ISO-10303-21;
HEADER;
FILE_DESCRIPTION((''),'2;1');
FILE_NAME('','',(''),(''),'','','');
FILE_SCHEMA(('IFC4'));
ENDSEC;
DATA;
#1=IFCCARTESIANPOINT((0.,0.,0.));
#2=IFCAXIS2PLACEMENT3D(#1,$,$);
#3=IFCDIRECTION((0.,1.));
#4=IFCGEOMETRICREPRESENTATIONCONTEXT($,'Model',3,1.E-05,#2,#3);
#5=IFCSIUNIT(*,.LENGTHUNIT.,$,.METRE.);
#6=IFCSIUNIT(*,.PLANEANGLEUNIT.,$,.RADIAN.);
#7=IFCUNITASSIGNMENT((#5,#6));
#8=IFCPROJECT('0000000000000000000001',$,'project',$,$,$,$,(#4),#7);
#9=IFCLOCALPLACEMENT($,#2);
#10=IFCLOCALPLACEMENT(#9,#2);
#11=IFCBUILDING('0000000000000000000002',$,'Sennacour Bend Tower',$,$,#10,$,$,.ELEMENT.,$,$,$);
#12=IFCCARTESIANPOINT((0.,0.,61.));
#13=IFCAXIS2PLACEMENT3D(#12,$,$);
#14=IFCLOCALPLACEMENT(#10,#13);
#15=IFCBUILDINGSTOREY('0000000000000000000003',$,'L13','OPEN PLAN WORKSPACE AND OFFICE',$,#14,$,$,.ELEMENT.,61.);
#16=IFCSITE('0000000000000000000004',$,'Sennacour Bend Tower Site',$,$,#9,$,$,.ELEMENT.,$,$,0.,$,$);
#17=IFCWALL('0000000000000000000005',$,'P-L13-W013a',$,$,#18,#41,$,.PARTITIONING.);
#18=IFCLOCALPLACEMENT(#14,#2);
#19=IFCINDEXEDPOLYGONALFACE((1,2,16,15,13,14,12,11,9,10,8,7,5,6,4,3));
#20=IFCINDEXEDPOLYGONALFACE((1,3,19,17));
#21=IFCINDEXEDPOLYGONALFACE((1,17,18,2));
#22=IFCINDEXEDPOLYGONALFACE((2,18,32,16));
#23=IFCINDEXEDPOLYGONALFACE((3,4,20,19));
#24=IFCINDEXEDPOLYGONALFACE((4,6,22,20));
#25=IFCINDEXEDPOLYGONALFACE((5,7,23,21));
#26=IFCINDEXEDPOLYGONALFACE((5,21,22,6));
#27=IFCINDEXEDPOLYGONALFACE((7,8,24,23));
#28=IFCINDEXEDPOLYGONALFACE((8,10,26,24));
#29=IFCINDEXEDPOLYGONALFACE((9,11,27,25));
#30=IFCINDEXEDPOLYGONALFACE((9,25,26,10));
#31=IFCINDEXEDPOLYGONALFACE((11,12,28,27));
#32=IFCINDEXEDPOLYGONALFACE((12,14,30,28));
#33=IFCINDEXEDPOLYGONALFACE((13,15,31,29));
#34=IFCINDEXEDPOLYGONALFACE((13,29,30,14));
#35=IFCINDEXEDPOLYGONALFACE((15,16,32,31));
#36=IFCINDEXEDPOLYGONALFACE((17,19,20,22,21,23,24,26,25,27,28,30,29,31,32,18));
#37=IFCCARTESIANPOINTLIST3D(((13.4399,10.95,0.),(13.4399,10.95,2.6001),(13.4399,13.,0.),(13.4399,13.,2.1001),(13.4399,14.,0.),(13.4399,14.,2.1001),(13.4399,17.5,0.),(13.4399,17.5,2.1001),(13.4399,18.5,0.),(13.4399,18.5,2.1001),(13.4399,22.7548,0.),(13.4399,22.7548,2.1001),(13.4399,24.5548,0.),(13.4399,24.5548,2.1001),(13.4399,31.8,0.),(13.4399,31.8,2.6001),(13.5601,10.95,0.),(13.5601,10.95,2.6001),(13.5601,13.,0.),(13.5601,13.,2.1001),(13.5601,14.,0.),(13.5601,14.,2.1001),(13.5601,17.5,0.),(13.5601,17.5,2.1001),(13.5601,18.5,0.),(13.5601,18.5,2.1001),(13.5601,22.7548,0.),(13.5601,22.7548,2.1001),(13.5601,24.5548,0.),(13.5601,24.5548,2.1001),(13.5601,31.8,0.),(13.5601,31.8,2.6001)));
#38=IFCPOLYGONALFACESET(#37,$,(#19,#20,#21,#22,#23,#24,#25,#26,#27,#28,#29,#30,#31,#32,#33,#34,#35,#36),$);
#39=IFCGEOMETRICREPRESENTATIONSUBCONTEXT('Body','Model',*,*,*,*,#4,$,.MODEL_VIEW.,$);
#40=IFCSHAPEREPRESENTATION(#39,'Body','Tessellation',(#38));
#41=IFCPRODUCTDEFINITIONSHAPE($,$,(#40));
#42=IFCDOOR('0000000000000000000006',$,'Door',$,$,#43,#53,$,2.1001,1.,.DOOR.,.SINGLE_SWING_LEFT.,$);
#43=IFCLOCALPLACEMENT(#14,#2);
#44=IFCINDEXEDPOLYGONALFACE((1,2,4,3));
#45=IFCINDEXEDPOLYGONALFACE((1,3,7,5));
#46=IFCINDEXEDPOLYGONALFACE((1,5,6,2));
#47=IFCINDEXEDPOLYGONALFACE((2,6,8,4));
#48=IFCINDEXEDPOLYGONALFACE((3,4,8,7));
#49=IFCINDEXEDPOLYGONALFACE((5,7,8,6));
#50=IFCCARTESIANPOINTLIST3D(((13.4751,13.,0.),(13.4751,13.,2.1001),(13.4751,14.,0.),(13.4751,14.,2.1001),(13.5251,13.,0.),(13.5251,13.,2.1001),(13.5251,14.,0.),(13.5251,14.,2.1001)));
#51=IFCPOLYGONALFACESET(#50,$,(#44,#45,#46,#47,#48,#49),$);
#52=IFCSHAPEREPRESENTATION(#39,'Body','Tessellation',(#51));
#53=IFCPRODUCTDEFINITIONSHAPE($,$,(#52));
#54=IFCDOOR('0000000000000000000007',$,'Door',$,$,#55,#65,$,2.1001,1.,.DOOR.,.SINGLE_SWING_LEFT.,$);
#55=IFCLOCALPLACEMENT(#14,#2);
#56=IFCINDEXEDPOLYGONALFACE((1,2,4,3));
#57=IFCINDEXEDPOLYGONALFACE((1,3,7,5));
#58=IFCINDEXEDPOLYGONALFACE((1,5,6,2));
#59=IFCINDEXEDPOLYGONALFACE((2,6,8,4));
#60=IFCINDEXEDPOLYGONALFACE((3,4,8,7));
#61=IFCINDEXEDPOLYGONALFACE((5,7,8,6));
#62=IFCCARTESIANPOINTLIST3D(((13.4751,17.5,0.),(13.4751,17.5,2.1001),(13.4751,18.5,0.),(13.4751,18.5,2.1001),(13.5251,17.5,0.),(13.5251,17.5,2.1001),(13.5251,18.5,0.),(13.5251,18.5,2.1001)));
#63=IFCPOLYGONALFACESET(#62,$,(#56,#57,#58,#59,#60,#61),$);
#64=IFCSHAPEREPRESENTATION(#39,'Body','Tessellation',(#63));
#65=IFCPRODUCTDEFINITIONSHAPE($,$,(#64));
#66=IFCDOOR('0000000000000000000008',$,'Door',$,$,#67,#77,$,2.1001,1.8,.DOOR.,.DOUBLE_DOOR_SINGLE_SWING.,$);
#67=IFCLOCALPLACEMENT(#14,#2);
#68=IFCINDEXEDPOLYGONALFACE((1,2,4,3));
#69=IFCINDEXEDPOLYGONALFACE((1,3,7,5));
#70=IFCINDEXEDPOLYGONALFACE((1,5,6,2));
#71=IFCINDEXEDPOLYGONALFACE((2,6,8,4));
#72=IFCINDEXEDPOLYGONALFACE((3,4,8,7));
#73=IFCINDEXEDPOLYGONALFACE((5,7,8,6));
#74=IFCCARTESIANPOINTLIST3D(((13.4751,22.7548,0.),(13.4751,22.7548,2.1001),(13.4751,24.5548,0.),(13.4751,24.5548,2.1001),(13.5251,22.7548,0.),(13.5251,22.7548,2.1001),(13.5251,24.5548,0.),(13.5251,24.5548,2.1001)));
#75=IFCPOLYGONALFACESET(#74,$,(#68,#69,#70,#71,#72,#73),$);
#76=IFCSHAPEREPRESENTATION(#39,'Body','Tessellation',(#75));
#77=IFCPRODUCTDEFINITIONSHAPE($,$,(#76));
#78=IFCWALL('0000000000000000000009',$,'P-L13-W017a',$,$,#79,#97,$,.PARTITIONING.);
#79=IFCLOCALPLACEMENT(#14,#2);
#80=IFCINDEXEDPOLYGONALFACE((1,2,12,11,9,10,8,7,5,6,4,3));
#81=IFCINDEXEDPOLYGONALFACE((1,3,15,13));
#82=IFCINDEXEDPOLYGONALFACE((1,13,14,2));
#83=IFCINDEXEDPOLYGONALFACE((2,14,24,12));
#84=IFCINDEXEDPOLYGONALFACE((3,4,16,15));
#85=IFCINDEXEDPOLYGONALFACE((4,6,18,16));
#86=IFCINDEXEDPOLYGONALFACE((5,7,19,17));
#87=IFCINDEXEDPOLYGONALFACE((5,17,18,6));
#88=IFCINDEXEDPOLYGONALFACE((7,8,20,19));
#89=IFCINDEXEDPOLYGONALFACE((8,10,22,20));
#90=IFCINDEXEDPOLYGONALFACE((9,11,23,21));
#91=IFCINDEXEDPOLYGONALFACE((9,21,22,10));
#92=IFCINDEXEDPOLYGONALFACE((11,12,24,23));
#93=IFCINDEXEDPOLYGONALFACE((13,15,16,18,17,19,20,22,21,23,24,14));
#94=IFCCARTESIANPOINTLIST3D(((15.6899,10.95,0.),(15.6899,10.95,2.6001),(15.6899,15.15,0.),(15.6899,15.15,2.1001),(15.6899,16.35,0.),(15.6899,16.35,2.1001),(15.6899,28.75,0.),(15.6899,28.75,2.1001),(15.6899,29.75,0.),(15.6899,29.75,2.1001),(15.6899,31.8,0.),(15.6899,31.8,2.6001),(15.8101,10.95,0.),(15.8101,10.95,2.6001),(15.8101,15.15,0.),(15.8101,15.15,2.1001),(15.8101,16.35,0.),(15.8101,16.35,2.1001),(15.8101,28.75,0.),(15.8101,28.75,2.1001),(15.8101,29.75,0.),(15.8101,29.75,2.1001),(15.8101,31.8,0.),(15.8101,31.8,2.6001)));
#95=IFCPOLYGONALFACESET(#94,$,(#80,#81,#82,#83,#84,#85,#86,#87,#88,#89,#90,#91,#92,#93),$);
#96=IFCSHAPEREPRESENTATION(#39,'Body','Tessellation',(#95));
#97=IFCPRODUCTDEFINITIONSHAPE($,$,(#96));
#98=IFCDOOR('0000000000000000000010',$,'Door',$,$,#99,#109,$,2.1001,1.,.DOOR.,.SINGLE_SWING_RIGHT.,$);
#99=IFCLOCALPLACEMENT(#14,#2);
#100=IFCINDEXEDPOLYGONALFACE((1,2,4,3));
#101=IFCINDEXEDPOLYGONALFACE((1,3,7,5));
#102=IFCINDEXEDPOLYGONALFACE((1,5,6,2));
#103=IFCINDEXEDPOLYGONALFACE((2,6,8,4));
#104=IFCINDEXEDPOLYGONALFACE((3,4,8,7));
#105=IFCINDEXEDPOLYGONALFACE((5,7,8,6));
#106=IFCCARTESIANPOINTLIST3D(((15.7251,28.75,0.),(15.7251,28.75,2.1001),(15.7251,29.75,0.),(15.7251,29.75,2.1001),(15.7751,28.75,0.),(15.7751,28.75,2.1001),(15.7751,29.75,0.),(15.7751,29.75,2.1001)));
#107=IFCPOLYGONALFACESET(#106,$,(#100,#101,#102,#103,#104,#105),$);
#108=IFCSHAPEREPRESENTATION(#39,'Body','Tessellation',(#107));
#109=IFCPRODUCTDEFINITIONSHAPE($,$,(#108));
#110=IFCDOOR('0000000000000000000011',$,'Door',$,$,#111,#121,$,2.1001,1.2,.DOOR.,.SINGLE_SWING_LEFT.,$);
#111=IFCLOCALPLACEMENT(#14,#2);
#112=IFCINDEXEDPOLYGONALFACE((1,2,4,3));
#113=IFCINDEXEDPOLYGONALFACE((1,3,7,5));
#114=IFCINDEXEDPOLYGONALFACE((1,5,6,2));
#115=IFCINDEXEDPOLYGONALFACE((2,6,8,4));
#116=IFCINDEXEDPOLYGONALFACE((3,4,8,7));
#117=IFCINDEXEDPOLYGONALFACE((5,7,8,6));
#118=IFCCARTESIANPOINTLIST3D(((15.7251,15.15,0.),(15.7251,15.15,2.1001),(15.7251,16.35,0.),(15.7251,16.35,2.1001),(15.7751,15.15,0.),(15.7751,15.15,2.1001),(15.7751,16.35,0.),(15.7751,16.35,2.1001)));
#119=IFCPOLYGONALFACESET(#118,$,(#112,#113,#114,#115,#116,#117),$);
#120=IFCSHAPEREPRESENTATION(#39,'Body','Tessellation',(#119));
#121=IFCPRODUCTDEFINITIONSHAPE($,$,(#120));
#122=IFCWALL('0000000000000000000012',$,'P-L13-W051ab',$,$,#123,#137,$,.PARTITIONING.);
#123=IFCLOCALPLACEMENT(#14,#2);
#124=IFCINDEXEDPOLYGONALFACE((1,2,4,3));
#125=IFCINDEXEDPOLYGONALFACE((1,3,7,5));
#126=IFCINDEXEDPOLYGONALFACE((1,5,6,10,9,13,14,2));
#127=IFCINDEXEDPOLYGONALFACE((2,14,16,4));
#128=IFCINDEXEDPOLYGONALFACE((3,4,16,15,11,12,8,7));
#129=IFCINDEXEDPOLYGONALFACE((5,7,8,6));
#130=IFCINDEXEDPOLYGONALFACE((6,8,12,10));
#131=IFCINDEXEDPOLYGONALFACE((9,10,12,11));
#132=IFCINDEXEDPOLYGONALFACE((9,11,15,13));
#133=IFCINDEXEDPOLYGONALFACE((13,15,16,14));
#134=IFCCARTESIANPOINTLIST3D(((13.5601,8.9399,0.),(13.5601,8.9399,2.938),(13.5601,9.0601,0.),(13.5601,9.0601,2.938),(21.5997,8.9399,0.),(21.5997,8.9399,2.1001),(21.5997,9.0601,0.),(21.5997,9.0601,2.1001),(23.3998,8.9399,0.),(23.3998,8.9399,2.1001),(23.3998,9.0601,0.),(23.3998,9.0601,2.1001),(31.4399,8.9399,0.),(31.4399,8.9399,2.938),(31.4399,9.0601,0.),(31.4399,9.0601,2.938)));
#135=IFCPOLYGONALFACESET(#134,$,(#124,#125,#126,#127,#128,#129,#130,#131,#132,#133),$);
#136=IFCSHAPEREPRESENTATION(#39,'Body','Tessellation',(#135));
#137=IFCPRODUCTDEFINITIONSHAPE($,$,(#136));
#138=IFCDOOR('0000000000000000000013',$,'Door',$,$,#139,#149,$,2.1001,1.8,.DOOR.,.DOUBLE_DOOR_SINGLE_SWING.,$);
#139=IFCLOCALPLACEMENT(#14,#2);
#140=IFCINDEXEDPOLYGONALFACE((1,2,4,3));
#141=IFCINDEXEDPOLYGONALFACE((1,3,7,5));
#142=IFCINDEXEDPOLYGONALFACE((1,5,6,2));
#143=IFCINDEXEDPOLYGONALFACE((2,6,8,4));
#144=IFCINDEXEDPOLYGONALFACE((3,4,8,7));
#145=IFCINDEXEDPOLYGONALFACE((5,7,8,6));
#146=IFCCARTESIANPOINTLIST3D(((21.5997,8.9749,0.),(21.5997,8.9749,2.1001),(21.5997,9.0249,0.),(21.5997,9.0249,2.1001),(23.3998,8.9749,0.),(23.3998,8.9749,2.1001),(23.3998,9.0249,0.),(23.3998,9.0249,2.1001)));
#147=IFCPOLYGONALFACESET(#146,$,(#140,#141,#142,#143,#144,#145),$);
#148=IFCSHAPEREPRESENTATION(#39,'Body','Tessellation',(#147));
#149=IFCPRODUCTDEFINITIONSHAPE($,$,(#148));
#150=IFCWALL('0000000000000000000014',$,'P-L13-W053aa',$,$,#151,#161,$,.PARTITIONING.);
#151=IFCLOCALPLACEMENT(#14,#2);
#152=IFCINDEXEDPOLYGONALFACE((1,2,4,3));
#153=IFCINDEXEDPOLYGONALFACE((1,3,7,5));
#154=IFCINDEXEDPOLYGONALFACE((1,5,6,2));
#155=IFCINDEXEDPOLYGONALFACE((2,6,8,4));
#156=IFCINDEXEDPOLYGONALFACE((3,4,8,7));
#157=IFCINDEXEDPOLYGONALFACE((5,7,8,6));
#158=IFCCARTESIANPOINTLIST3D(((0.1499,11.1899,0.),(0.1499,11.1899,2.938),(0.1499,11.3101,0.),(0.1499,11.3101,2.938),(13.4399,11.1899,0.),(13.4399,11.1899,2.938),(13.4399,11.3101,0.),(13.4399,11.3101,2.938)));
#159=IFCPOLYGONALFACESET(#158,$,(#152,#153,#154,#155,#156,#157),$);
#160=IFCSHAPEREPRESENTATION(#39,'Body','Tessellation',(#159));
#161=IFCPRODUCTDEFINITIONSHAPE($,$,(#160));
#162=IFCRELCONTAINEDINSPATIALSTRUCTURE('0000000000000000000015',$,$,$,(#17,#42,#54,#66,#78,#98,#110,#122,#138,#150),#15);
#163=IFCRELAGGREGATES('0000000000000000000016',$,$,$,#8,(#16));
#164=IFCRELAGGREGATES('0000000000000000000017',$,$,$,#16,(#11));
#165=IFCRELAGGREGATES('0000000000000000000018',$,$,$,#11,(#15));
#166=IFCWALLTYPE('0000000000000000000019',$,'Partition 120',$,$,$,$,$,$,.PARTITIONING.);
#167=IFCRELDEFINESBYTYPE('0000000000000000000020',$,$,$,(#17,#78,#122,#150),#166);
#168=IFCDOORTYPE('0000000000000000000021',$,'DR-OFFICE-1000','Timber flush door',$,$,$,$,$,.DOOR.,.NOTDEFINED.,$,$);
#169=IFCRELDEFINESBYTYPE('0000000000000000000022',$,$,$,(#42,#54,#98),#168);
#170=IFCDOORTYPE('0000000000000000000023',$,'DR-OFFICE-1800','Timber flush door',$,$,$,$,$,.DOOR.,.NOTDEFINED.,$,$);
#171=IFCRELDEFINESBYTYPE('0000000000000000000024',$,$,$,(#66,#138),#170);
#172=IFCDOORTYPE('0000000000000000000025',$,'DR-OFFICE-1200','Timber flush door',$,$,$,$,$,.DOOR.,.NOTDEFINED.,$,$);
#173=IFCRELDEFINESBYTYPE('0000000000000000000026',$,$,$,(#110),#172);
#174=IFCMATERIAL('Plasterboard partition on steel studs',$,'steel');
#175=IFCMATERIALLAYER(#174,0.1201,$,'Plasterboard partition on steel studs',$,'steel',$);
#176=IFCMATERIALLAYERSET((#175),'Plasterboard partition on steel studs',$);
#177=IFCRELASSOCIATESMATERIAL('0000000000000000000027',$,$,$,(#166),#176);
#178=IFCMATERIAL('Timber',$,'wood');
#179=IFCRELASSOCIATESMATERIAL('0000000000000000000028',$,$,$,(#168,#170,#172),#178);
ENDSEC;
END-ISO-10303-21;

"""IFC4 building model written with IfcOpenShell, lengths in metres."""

from ifc_helpers import new_model, si_unit, direction, frame, frame_2d, origin, place, context, subcontext, project, spatial, rectangle, extrude, material, layer, layer_set, type_object, element, fill, save


model = new_model("IFC4")

# Units and contexts
model_context = context("Model", 3, precision=1e-05, world=origin(), true_north=direction((0.0, 1.0)))
body_context = subcontext(model_context, "Body", "Model", "MODEL_VIEW")
ifc_project = project(units=[si_unit("LENGTHUNIT", "METRE"), si_unit("PLANEANGLEUNIT", "RADIAN")], contexts=[model_context])

# Site, building, storey
site_placement = place(None, origin())
site = spatial("IfcSite", under=ifc_project, at=site_placement, Name="Sennacour Bend Tower Site", CompositionType="ELEMENT", RefElevation=0.0)
building_placement = place(site_placement, origin())
building = spatial("IfcBuilding", under=site, at=building_placement, Name="Sennacour Bend Tower", CompositionType="ELEMENT")
storey_placement = place(building_placement, frame((0.0, 0.0, 61.0)))
storey = spatial("IfcBuildingStorey", under=building, at=storey_placement, Name="L13", Description="OPEN PLAN WORKSPACE AND OFFICE", CompositionType="ELEMENT", Elevation=61.0)

# Walls, openings, doors
ifc_material_1 = material(Name="Plasterboard partition on steel studs", Category="steel")
ifc_layer_1 = layer(ifc_material_1, 0.1201, Name="Plasterboard partition on steel studs", Category="steel")
ifc_layer_set_1 = layer_set([ifc_layer_1], Name="Plasterboard partition on steel studs")
wall_type_1 = type_object("IfcWallType", Name="Partition 120", PredefinedType="PARTITIONING", material=ifc_layer_set_1)
wall_1_placement = place(storey_placement, frame((13.5, 10.95, 0.0), z_axis=(0.0, 0.0, 1.0), x_axis=(0.0, 1.0, 0.0)))
wall_1 = element("IfcWall", 1, at=wall_1_placement, inside=storey, type_object=wall_type_1, Name="P-L13-W013a", PredefinedType="PARTITIONING", context=body_context, shape_type="SweptSolid", body=[
    extrude(rectangle(XDim=20.8501, YDim=0.1201, at=frame_2d((10.425, 0.0))), origin(), (0.0, 0.0, 1.0), 2.6001),
])
opening_1_placement = place(wall_1_placement, frame((2.05, 0.0, 0.0)))
opening_1 = element("IfcOpeningElement", 2, at=opening_1_placement, cuts=wall_1, PredefinedType="OPENING", context=body_context, shape_type="SweptSolid", body=[
    extrude(rectangle(XDim=1.0, YDim=2.1001, at=frame_2d((0.5, 1.05))), frame((0.0, 0.0701, 0.0), z_axis=(0.0, -1.0, 0.0), x_axis=(1.0, 0.0, 0.0)), (0.0, 0.0, 1.0), 0.1401),
])
opening_2_placement = place(wall_1_placement, frame((6.55, 0.0, 0.0)))
opening_2 = element("IfcOpeningElement", 3, at=opening_2_placement, cuts=wall_1, PredefinedType="OPENING", context=body_context, shape_type="SweptSolid", body=[
    extrude(rectangle(XDim=1.0, YDim=2.1001, at=frame_2d((0.5, 1.05))), frame((0.0, 0.0701, 0.0), z_axis=(0.0, -1.0, 0.0), x_axis=(1.0, 0.0, 0.0)), (0.0, 0.0, 1.0), 0.1401),
])
opening_3_placement = place(wall_1_placement, frame((11.8049, 0.0, 0.0)))
opening_3 = element("IfcOpeningElement", 4, at=opening_3_placement, cuts=wall_1, PredefinedType="OPENING", context=body_context, shape_type="SweptSolid", body=[
    extrude(rectangle(XDim=1.8, YDim=2.1001, at=frame_2d((0.8999, 1.05))), frame((0.0, 0.0701, 0.0), z_axis=(0.0, -1.0, 0.0), x_axis=(1.0, 0.0, 0.0)), (0.0, 0.0, 1.0), 0.1401),
])
ifc_material_2 = material(Name="Timber", Category="wood")
door_type_1 = type_object("IfcDoorType", Name="DR-OFFICE-1000", Description="Timber flush door", OperationType="NOTDEFINED", PredefinedType="DOOR", material=ifc_material_2)
door_1_placement = place(opening_1_placement, origin())
door_1 = element("IfcDoor", 5, at=door_1_placement, inside=storey, type_object=door_type_1, Name="Door", OperationType="SINGLE_SWING_LEFT", OverallHeight=2.1001, OverallWidth=1.0, PredefinedType="DOOR", context=body_context, shape_type="SweptSolid", body=[
    extrude(rectangle(XDim=1.0, YDim=2.1001, at=frame_2d((0.5, 1.05))), frame((0.0, 0.0249, 0.0), z_axis=(0.0, -1.0, 0.0), x_axis=(1.0, 0.0, 0.0)), (0.0, 0.0, 1.0), 0.05),
])
fill(opening_1, door_1)
door_2_placement = place(opening_2_placement, origin())
door_2 = element("IfcDoor", 6, at=door_2_placement, inside=storey, type_object=door_type_1, Name="Door", OperationType="SINGLE_SWING_LEFT", OverallHeight=2.1001, OverallWidth=1.0, PredefinedType="DOOR", context=body_context, shape_type="SweptSolid", body=[
    extrude(rectangle(XDim=1.0, YDim=2.1001, at=frame_2d((0.5, 1.05))), frame((0.0, 0.0249, 0.0), z_axis=(0.0, -1.0, 0.0), x_axis=(1.0, 0.0, 0.0)), (0.0, 0.0, 1.0), 0.05),
])
fill(opening_2, door_2)
door_type_2 = type_object("IfcDoorType", Name="DR-OFFICE-1800", Description="Timber flush door", OperationType="NOTDEFINED", PredefinedType="DOOR", material=ifc_material_2)
door_3_placement = place(opening_3_placement, origin())
door_3 = element("IfcDoor", 7, at=door_3_placement, inside=storey, type_object=door_type_2, Name="Door", OperationType="DOUBLE_DOOR_SINGLE_SWING", OverallHeight=2.1001, OverallWidth=1.8, PredefinedType="DOOR", context=body_context, shape_type="SweptSolid", body=[
    extrude(rectangle(XDim=1.8, YDim=2.1001, at=frame_2d((0.8999, 1.05))), frame((0.0, 0.0249, 0.0), z_axis=(0.0, -1.0, 0.0), x_axis=(1.0, 0.0, 0.0)), (0.0, 0.0, 1.0), 0.05),
])
fill(opening_3, door_3)
wall_2_placement = place(storey_placement, frame((15.75, 10.95, 0.0), z_axis=(0.0, 0.0, 1.0), x_axis=(0.0, 1.0, 0.0)))
wall_2 = element("IfcWall", 8, at=wall_2_placement, inside=storey, type_object=wall_type_1, Name="P-L13-W017a", PredefinedType="PARTITIONING", context=body_context, shape_type="SweptSolid", body=[
    extrude(rectangle(XDim=20.8501, YDim=0.1201, at=frame_2d((10.425, 0.0))), origin(), (0.0, 0.0, 1.0), 2.6001),
])
opening_4_placement = place(wall_2_placement, frame((17.8, 0.0, 0.0)))
opening_4 = element("IfcOpeningElement", 9, at=opening_4_placement, cuts=wall_2, PredefinedType="OPENING", context=body_context, shape_type="SweptSolid", body=[
    extrude(rectangle(XDim=1.0, YDim=2.1001, at=frame_2d((0.5, 1.05))), frame((0.0, 0.0701, 0.0), z_axis=(0.0, -1.0, 0.0), x_axis=(1.0, 0.0, 0.0)), (0.0, 0.0, 1.0), 0.1401),
])
opening_5_placement = place(wall_2_placement, frame((4.2, 0.0, 0.0)))
opening_5 = element("IfcOpeningElement", 10, at=opening_5_placement, cuts=wall_2, PredefinedType="OPENING", context=body_context, shape_type="SweptSolid", body=[
    extrude(rectangle(XDim=1.2, YDim=2.1001, at=frame_2d((0.6001, 1.05))), frame((0.0, 0.0701, 0.0), z_axis=(0.0, -1.0, 0.0), x_axis=(1.0, 0.0, 0.0)), (0.0, 0.0, 1.0), 0.1401),
])
door_4_placement = place(opening_4_placement, origin())
door_4 = element("IfcDoor", 11, at=door_4_placement, inside=storey, type_object=door_type_1, Name="Door", OperationType="SINGLE_SWING_RIGHT", OverallHeight=2.1001, OverallWidth=1.0, PredefinedType="DOOR", context=body_context, shape_type="SweptSolid", body=[
    extrude(rectangle(XDim=1.0, YDim=2.1001, at=frame_2d((0.5, 1.05))), frame((0.0, 0.0249, 0.0), z_axis=(0.0, -1.0, 0.0), x_axis=(1.0, 0.0, 0.0)), (0.0, 0.0, 1.0), 0.05),
])
fill(opening_4, door_4)
door_type_3 = type_object("IfcDoorType", Name="DR-OFFICE-1200", Description="Timber flush door", OperationType="NOTDEFINED", PredefinedType="DOOR", material=ifc_material_2)
door_5_placement = place(opening_5_placement, origin())
door_5 = element("IfcDoor", 12, at=door_5_placement, inside=storey, type_object=door_type_3, Name="Door", OperationType="SINGLE_SWING_LEFT", OverallHeight=2.1001, OverallWidth=1.2, PredefinedType="DOOR", context=body_context, shape_type="SweptSolid", body=[
    extrude(rectangle(XDim=1.2, YDim=2.1001, at=frame_2d((0.6001, 1.05))), frame((0.0, 0.0249, 0.0), z_axis=(0.0, -1.0, 0.0), x_axis=(1.0, 0.0, 0.0)), (0.0, 0.0, 1.0), 0.05),
])
fill(opening_5, door_5)

# Wall, opening, door
wall_3_placement = place(storey_placement, frame((13.5601, 9.0, 0.0), z_axis=(0.0, 0.0, 1.0), x_axis=(1.0, 0.0, 0.0)))
wall_3 = element("IfcWall", 13, at=wall_3_placement, inside=storey, type_object=wall_type_1, Name="P-L13-W051ab", PredefinedType="PARTITIONING", context=body_context, shape_type="SweptSolid", body=[
    extrude(rectangle(XDim=17.8799, YDim=0.1201, at=frame_2d((8.9399, 0.0))), origin(), (0.0, 0.0, 1.0), 2.938),
])
opening_6_placement = place(wall_3_placement, frame((8.0398, 0.0, 0.0)))
opening_6 = element("IfcOpeningElement", 14, at=opening_6_placement, cuts=wall_3, PredefinedType="OPENING", context=body_context, shape_type="SweptSolid", body=[
    extrude(rectangle(XDim=1.8, YDim=2.1001, at=frame_2d((0.8999, 1.05))), frame((0.0, 0.0701, 0.0), z_axis=(0.0, -1.0, 0.0), x_axis=(1.0, 0.0, 0.0)), (0.0, 0.0, 1.0), 0.1401),
])
door_6_placement = place(opening_6_placement, origin())
door_6 = element("IfcDoor", 15, at=door_6_placement, inside=storey, type_object=door_type_2, Name="Door", OperationType="DOUBLE_DOOR_SINGLE_SWING", OverallHeight=2.1001, OverallWidth=1.8, PredefinedType="DOOR", context=body_context, shape_type="SweptSolid", body=[
    extrude(rectangle(XDim=1.8, YDim=2.1001, at=frame_2d((0.8999, 1.05))), frame((0.0, 0.0249, 0.0), z_axis=(0.0, -1.0, 0.0), x_axis=(1.0, 0.0, 0.0)), (0.0, 0.0, 1.0), 0.05),
])
fill(opening_6, door_6)

# Wall
wall_4_placement = place(storey_placement, frame((0.1499, 11.25, 0.0), z_axis=(0.0, 0.0, 1.0), x_axis=(1.0, 0.0, 0.0)))
element("IfcWall", 16, at=wall_4_placement, inside=storey, type_object=wall_type_1, Name="P-L13-W053aa", PredefinedType="PARTITIONING", context=body_context, shape_type="SweptSolid", body=[
    extrude(rectangle(XDim=13.29, YDim=0.1201, at=frame_2d((6.645, 0.0))), origin(), (0.0, 0.0, 1.0), 2.938),
])

save(model, "model.ifc")
